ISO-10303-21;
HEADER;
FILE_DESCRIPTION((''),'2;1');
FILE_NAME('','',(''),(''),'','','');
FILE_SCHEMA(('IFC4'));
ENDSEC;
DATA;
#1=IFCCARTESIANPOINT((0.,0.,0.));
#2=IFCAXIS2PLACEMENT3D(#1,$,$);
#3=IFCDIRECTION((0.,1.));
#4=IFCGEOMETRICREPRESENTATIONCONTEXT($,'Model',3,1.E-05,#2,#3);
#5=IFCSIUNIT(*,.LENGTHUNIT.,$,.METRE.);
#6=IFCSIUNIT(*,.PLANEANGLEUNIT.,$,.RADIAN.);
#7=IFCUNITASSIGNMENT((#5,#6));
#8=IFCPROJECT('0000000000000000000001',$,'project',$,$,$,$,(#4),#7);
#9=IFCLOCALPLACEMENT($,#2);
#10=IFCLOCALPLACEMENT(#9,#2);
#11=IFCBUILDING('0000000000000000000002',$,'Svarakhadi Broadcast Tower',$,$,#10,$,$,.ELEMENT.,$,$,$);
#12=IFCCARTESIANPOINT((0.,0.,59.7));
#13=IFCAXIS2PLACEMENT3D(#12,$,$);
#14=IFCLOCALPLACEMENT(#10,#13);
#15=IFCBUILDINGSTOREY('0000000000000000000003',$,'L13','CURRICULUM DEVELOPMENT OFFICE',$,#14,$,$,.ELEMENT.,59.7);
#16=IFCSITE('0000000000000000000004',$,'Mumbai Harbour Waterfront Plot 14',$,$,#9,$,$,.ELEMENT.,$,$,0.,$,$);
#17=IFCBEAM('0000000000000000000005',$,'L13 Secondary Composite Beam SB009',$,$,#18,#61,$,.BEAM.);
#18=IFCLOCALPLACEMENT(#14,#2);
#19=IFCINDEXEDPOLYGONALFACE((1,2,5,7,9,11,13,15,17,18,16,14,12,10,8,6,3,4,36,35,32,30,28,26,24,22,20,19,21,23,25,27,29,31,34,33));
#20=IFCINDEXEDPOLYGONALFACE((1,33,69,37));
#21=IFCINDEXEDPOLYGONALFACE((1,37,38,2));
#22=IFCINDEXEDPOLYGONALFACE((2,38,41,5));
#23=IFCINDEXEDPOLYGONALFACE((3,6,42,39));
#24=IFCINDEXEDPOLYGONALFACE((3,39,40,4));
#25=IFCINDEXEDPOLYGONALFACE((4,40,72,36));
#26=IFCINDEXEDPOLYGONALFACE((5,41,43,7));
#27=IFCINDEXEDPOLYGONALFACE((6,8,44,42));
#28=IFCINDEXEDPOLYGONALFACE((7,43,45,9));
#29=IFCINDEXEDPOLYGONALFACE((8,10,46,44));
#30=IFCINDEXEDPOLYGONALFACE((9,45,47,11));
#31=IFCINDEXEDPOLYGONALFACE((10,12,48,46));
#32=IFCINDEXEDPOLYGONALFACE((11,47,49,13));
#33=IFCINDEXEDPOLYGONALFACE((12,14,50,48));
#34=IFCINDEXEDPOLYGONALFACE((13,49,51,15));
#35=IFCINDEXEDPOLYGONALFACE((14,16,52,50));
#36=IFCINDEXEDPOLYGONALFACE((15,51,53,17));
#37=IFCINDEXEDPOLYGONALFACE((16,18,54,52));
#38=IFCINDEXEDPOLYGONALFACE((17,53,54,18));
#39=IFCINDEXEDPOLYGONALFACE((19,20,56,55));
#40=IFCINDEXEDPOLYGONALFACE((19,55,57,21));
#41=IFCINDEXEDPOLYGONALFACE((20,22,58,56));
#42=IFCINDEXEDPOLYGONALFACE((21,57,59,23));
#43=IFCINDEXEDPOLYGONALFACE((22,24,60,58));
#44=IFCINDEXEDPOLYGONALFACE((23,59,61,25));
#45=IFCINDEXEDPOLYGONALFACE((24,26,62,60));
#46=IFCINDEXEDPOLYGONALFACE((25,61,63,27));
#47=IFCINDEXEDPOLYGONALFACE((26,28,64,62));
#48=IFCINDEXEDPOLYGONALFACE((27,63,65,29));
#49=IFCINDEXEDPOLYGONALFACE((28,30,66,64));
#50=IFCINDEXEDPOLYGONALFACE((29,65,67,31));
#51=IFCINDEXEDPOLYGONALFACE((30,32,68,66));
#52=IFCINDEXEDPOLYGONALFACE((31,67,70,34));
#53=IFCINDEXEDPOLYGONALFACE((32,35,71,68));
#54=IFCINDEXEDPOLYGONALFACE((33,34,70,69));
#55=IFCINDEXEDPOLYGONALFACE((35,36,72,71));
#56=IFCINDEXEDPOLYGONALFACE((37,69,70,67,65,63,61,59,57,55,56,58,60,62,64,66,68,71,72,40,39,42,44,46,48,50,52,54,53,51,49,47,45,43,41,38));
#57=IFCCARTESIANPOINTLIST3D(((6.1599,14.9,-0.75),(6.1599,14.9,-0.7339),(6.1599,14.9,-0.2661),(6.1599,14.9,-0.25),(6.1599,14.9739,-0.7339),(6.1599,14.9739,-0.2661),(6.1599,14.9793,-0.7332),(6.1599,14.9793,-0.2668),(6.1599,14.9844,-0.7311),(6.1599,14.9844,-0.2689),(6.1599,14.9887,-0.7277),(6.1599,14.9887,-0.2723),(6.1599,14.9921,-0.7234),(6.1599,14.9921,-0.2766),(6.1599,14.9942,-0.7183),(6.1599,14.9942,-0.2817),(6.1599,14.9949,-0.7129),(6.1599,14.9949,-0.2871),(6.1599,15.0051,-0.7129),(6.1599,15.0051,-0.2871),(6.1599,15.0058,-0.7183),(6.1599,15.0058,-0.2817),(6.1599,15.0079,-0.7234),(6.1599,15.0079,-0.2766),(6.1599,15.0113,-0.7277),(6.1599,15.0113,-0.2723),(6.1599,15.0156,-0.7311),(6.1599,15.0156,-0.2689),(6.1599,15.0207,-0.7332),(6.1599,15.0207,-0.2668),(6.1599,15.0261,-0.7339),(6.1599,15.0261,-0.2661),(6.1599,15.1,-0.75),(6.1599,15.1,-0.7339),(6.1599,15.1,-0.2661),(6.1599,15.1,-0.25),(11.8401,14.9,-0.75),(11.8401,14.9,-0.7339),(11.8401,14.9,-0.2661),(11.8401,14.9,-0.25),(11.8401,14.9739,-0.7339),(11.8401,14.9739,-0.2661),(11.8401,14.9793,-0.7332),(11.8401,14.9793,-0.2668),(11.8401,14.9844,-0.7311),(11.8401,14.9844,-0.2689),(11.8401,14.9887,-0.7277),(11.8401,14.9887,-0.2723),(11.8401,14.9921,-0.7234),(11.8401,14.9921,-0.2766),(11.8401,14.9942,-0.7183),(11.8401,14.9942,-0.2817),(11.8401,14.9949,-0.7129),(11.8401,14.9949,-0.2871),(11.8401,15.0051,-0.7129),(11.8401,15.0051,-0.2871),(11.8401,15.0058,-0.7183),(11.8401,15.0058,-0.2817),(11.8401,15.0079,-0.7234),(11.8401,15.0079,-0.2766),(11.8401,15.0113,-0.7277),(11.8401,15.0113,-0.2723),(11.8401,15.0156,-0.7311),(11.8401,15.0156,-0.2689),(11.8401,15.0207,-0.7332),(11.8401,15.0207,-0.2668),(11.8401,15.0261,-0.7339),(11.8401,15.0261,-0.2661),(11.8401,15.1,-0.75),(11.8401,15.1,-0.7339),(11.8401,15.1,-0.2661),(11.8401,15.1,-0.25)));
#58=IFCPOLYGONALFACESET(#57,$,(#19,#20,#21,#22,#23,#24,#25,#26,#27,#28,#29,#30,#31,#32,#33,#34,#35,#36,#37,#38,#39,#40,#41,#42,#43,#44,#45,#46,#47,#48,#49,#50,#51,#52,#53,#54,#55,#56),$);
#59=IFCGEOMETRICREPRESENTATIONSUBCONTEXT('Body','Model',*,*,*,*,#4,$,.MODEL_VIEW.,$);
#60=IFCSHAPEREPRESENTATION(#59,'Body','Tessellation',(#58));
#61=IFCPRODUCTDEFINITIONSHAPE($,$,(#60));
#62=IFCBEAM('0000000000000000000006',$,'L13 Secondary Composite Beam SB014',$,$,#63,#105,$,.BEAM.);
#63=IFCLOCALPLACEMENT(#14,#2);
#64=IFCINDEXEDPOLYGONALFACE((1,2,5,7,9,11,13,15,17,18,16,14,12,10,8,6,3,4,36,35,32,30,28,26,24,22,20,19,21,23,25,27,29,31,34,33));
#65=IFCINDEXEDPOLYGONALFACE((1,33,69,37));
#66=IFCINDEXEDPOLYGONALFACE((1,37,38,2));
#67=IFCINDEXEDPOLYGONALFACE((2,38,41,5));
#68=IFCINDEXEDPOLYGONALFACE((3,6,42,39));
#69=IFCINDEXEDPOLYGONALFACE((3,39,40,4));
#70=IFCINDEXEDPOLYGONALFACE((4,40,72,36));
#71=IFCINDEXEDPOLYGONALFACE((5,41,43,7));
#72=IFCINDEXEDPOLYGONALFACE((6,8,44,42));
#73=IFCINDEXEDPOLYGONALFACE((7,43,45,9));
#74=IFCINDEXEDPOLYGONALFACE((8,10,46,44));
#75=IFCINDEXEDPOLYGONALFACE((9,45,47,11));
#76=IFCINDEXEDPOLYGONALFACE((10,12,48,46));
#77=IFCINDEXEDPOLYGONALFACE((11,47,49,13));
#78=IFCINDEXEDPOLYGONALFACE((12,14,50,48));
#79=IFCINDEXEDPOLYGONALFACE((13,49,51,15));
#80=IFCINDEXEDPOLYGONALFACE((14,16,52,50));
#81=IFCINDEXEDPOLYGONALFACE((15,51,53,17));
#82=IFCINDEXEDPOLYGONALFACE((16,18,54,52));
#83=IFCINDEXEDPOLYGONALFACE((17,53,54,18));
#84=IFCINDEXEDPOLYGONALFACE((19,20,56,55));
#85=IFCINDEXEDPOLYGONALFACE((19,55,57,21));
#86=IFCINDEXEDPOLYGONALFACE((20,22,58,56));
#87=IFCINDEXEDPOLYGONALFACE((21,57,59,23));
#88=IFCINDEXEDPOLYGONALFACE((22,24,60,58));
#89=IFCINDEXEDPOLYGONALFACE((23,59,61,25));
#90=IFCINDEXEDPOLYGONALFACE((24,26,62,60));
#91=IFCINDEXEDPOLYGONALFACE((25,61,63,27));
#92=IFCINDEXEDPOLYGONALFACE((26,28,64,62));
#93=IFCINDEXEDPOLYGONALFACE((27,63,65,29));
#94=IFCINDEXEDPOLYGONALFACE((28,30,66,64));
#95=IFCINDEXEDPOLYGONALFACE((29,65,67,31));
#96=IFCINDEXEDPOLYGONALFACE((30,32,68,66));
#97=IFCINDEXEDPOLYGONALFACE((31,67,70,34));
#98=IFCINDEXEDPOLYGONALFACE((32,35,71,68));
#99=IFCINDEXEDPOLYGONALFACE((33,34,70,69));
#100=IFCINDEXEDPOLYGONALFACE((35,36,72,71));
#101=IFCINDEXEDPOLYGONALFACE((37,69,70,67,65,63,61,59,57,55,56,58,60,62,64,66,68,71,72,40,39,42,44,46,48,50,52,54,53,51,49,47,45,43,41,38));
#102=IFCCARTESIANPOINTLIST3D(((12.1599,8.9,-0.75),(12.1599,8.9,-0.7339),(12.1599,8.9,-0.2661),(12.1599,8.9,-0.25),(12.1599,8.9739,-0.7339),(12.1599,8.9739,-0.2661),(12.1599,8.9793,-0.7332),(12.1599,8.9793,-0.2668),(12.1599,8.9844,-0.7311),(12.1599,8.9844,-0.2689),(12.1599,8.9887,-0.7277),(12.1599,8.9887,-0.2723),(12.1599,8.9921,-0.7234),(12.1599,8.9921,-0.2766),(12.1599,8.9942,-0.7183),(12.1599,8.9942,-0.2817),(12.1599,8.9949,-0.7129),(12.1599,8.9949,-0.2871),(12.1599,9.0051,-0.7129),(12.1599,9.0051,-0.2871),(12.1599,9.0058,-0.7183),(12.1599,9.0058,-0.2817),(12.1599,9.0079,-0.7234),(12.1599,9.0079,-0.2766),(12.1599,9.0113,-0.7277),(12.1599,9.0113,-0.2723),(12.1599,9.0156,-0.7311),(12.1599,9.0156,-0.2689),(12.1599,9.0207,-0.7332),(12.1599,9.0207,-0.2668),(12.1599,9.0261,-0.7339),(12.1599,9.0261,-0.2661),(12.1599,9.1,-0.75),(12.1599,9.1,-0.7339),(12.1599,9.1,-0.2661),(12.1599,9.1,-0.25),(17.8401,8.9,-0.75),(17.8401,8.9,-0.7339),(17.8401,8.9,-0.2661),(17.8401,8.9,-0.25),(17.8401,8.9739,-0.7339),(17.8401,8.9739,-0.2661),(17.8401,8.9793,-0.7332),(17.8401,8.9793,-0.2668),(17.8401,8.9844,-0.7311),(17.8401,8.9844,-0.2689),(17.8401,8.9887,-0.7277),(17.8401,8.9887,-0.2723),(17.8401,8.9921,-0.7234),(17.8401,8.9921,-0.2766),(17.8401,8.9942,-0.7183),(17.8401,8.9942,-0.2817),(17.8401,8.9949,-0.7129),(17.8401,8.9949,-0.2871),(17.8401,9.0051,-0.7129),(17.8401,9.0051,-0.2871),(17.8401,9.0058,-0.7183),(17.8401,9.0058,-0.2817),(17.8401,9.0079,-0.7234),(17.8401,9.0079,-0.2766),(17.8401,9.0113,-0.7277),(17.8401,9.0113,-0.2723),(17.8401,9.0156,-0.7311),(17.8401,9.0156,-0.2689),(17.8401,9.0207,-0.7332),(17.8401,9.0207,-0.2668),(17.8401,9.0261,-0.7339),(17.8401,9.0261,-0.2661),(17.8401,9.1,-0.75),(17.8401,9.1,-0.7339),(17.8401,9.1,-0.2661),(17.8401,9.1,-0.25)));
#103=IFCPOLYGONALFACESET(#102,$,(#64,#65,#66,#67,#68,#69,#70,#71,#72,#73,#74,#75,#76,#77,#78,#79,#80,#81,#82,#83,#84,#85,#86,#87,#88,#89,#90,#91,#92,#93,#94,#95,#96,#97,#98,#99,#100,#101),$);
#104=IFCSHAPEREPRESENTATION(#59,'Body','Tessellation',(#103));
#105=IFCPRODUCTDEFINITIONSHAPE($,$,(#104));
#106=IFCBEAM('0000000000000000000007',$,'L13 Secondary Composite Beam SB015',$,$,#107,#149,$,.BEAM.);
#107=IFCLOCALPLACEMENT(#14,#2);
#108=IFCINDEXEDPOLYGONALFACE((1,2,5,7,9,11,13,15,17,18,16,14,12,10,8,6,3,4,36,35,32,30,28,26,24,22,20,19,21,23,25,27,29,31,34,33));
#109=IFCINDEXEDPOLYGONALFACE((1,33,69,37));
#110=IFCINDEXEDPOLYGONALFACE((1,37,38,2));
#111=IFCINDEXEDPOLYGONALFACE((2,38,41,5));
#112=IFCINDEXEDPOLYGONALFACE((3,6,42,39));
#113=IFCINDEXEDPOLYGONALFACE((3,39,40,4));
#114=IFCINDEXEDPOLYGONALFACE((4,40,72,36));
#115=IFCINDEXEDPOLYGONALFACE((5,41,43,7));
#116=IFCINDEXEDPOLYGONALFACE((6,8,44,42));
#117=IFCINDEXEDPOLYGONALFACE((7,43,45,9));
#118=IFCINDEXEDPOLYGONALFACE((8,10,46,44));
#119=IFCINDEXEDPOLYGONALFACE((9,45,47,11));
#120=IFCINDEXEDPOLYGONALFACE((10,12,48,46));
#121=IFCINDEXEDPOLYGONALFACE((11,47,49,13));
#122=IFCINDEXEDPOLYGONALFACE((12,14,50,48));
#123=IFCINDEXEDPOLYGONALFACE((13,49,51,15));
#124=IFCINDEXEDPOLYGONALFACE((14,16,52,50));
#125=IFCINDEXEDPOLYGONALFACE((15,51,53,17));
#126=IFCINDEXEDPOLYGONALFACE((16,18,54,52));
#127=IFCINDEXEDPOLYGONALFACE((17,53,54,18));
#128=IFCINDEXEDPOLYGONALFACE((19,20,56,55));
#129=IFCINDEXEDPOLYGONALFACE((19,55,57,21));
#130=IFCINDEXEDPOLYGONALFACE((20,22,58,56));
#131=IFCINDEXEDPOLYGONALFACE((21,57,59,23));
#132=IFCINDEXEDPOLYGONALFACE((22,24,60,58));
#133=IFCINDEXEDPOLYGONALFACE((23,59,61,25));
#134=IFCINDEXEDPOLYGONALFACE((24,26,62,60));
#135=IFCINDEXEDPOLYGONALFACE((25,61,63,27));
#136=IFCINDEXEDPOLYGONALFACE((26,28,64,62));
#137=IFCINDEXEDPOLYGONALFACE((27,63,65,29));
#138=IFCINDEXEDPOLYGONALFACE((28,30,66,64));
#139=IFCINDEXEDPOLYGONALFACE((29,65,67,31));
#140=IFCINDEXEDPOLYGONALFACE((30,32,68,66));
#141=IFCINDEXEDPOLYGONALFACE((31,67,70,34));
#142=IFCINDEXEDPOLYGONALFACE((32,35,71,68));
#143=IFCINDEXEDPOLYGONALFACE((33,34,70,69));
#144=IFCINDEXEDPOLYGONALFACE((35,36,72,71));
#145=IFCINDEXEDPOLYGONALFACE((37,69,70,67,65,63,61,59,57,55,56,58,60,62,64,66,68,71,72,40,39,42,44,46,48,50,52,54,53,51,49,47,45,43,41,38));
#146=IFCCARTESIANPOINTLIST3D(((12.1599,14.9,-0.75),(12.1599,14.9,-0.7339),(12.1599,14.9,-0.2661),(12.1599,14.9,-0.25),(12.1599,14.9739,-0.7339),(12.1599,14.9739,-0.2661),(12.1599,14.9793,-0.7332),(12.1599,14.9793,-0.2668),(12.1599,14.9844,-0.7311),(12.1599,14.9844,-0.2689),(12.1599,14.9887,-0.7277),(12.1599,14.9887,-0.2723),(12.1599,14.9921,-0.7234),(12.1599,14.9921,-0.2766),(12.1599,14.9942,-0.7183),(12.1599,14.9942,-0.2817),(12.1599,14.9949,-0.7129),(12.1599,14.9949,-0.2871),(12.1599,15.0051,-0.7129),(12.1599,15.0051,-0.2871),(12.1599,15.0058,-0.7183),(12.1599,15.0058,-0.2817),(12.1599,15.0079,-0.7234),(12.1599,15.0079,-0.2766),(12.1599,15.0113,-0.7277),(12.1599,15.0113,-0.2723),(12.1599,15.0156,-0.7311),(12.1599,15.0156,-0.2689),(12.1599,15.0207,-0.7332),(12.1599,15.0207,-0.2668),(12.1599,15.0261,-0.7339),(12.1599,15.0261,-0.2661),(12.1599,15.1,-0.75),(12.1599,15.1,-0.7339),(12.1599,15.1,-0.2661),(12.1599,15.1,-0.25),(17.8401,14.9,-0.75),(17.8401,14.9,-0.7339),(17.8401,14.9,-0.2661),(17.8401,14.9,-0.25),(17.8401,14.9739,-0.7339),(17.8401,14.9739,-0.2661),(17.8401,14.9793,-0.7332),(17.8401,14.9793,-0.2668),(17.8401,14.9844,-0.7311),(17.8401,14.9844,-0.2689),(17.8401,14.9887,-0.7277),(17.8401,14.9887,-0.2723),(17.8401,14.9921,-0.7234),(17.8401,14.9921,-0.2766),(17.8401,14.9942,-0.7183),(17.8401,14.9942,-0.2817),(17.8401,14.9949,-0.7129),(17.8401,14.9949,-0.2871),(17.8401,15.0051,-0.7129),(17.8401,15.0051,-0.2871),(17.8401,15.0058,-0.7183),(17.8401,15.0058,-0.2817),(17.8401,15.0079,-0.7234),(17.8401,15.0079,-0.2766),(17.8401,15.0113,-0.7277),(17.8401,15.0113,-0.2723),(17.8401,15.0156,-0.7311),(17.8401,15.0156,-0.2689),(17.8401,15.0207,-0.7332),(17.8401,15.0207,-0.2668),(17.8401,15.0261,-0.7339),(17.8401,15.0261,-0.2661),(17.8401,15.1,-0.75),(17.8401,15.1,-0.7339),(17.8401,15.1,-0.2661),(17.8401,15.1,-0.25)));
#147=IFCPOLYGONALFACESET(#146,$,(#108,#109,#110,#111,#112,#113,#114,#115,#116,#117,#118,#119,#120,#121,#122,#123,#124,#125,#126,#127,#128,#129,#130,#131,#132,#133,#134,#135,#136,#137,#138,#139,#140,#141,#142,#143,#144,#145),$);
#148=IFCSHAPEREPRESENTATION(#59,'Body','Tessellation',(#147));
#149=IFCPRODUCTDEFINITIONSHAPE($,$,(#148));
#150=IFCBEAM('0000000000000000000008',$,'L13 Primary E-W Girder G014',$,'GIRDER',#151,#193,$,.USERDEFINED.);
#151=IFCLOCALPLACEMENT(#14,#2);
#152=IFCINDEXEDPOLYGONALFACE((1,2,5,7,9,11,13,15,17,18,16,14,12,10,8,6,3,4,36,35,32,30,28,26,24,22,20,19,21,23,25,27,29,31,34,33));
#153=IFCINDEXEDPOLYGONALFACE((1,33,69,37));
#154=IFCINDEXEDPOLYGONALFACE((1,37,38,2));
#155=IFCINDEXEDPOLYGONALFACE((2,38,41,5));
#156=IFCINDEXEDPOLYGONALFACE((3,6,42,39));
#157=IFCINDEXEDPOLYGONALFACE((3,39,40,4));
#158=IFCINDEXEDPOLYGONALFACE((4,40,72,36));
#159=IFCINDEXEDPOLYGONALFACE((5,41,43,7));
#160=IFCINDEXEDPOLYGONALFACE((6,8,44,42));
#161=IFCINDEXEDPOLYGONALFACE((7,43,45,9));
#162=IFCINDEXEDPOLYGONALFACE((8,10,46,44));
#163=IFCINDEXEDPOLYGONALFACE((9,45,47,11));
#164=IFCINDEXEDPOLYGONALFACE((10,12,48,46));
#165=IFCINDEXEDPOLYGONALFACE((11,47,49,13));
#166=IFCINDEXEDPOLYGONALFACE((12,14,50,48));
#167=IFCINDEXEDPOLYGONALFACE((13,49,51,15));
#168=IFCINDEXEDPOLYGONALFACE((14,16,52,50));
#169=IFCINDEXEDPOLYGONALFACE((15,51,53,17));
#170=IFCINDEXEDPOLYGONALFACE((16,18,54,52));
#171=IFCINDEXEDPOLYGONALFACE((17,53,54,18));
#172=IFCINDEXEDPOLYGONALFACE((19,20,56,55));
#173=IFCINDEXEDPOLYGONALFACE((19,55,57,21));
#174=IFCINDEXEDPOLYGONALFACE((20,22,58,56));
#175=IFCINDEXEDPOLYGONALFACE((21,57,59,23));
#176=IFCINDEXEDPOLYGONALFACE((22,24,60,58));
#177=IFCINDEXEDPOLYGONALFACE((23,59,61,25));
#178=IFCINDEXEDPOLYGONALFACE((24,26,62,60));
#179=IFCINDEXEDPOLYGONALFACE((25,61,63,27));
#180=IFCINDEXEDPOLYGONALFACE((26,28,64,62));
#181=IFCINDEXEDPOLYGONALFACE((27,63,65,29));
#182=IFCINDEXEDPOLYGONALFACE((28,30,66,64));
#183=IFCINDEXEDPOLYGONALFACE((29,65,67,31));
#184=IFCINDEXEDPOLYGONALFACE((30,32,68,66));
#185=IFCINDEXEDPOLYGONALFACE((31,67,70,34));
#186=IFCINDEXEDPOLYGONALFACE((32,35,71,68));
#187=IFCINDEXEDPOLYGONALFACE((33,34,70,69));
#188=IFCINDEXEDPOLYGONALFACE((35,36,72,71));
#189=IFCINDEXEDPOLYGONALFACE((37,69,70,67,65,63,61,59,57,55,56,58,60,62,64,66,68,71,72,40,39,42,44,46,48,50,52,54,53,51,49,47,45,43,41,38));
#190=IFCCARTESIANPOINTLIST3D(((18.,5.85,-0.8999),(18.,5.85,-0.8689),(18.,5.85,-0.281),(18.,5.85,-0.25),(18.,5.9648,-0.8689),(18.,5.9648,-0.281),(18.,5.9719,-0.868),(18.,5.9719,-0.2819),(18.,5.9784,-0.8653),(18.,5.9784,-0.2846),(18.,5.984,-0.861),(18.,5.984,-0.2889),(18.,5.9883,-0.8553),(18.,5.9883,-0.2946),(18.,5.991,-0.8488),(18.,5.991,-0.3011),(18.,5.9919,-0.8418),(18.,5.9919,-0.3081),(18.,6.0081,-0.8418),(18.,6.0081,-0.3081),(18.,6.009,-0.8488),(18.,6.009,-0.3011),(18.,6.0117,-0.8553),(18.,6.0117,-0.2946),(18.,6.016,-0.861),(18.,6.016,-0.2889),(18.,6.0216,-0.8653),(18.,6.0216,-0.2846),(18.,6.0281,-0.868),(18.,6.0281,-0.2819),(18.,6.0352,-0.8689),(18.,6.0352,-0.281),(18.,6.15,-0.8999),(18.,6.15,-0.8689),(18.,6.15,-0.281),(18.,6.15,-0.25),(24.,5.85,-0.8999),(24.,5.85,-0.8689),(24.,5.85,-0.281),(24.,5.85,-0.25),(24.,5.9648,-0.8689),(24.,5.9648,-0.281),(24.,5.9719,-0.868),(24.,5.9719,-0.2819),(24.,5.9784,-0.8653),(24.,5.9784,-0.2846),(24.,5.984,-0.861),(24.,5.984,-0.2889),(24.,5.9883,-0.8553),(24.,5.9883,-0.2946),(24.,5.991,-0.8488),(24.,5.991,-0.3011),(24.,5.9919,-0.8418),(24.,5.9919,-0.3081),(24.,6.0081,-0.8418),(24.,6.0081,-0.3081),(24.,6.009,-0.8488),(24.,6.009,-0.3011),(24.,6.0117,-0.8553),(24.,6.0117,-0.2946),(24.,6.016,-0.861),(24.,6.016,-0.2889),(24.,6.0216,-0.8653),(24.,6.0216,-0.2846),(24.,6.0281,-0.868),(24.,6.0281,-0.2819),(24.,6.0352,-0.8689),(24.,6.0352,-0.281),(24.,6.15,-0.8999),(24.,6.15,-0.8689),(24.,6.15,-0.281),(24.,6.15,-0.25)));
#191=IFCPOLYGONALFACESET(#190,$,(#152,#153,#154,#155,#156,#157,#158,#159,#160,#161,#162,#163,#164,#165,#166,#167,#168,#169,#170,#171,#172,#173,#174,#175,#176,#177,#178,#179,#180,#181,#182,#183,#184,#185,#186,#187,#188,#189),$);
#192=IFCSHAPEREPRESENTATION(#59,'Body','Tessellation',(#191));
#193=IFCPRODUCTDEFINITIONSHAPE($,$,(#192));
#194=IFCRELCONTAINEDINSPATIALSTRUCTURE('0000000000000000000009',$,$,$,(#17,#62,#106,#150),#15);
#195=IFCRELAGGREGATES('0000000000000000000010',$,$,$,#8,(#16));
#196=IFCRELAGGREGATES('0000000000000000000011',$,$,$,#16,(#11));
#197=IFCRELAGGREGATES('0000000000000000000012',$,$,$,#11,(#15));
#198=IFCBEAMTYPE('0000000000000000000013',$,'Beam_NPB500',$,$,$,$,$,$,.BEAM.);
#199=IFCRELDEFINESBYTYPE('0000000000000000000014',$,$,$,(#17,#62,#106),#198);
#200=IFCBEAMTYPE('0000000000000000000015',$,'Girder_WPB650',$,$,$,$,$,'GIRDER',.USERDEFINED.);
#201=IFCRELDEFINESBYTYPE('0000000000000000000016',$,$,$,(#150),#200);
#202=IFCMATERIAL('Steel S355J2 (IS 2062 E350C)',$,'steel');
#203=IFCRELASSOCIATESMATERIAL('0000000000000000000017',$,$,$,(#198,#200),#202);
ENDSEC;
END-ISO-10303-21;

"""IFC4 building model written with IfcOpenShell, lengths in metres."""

from ifc_helpers import new_model, si_unit, direction, frame, origin, origin_2d, place, context, subcontext, project, spatial, i_section, extrude, material, material_profile, profile_set, type_object, element, save


model = new_model("IFC4")

# Units and contexts
model_context = context("Model", 3, precision=1e-05, world=origin(), true_north=direction((0.0, 1.0)))
body_context = subcontext(model_context, "Body", "Model", "MODEL_VIEW")
ifc_project = project(units=[si_unit("LENGTHUNIT", "METRE"), si_unit("PLANEANGLEUNIT", "RADIAN")], contexts=[model_context])

# Site, building, storey
site_placement = place(None, origin())
site = spatial("IfcSite", under=ifc_project, at=site_placement, Name="Mumbai Harbour Waterfront Plot 14", CompositionType="ELEMENT", RefElevation=0.0)
building_placement = place(site_placement, origin())
building = spatial("IfcBuilding", under=site, at=building_placement, Name="Svarakhadi Broadcast Tower", CompositionType="ELEMENT")
storey_placement = place(building_placement, frame((0.0, 0.0, 59.7)))
storey = spatial("IfcBuildingStorey", under=building, at=storey_placement, Name="L13", Description="CURRICULUM DEVELOPMENT OFFICE", CompositionType="ELEMENT", Elevation=59.7)

# Beams
ifc_material_1 = material(Name="Steel S355J2 (IS 2062 E350C)", Category="steel")
ifc_material_profile_1 = material_profile(ifc_material_1, i_section(OverallWidth=0.2, OverallDepth=0.5, WebThickness=0.0103, FlangeThickness=0.0161, FilletRadius=0.021, at=origin_2d()), Name="NPB 500x200x91")
ifc_profile_set_1 = profile_set([ifc_material_profile_1], Name="Steel S355J2 (IS 2062 E350C)")
beam_type_1 = type_object("IfcBeamType", Name="Beam_NPB500", PredefinedType="BEAM", material=ifc_profile_set_1)
for number, where, z_axis, x_axis, name in (
    (1, (6.1599, 15.0, -0.5), (1.0, 0.0, 0.0), (0.0, 1.0, 0.0), "L13 Secondary Composite Beam SB009"),
    (2, (12.1599, 9.0, -0.5), (1.0, 0.0, 0.0), (0.0, 1.0, 0.0), "L13 Secondary Composite Beam SB014"),
    (3, (12.1599, 15.0, -0.5), (1.0, 0.0, 0.0), (0.0, 1.0, 0.0), "L13 Secondary Composite Beam SB015"),
):
    element("IfcBeam", number, at=place(storey_placement, frame(where, z_axis=z_axis, x_axis=x_axis)), inside=storey, type_object=beam_type_1, Name=name, PredefinedType="BEAM", context=body_context, shape_type="SweptSolid", body=[
        extrude(i_section(OverallWidth=0.2, OverallDepth=0.5, WebThickness=0.0103, FlangeThickness=0.0161, FilletRadius=0.021, at=origin_2d()), origin(), (0.0, 0.0, 1.0), 5.6802),
    ])
ifc_material_profile_2 = material_profile(ifc_material_1, i_section(OverallWidth=0.3, OverallDepth=0.6499, WebThickness=0.0161, FlangeThickness=0.031, FilletRadius=0.0271, at=origin_2d()), Name="WPB 650x300x225")
ifc_profile_set_2 = profile_set([ifc_material_profile_2], Name="Steel S355J2 (IS 2062 E350C)")
beam_type_2 = type_object("IfcBeamType", Name="Girder_WPB650", ElementType="GIRDER", PredefinedType="USERDEFINED", material=ifc_profile_set_2)
for number, where, z_axis, x_axis, name in (
    (4, (18.0, 6.0, -0.575), (1.0, 0.0, 0.0), (0.0, 1.0, 0.0), "L13 Primary E-W Girder G014"),
):
    element("IfcBeam", number, at=place(storey_placement, frame(where, z_axis=z_axis, x_axis=x_axis)), inside=storey, type_object=beam_type_2, Name=name, ObjectType="GIRDER", PredefinedType="USERDEFINED", context=body_context, shape_type="SweptSolid", body=[
        extrude(i_section(OverallWidth=0.3, OverallDepth=0.6499, WebThickness=0.0161, FlangeThickness=0.031, FilletRadius=0.0271, at=origin_2d()), origin(), (0.0, 0.0, 1.0), 6.0),
    ])

save(model, "model.ifc")
